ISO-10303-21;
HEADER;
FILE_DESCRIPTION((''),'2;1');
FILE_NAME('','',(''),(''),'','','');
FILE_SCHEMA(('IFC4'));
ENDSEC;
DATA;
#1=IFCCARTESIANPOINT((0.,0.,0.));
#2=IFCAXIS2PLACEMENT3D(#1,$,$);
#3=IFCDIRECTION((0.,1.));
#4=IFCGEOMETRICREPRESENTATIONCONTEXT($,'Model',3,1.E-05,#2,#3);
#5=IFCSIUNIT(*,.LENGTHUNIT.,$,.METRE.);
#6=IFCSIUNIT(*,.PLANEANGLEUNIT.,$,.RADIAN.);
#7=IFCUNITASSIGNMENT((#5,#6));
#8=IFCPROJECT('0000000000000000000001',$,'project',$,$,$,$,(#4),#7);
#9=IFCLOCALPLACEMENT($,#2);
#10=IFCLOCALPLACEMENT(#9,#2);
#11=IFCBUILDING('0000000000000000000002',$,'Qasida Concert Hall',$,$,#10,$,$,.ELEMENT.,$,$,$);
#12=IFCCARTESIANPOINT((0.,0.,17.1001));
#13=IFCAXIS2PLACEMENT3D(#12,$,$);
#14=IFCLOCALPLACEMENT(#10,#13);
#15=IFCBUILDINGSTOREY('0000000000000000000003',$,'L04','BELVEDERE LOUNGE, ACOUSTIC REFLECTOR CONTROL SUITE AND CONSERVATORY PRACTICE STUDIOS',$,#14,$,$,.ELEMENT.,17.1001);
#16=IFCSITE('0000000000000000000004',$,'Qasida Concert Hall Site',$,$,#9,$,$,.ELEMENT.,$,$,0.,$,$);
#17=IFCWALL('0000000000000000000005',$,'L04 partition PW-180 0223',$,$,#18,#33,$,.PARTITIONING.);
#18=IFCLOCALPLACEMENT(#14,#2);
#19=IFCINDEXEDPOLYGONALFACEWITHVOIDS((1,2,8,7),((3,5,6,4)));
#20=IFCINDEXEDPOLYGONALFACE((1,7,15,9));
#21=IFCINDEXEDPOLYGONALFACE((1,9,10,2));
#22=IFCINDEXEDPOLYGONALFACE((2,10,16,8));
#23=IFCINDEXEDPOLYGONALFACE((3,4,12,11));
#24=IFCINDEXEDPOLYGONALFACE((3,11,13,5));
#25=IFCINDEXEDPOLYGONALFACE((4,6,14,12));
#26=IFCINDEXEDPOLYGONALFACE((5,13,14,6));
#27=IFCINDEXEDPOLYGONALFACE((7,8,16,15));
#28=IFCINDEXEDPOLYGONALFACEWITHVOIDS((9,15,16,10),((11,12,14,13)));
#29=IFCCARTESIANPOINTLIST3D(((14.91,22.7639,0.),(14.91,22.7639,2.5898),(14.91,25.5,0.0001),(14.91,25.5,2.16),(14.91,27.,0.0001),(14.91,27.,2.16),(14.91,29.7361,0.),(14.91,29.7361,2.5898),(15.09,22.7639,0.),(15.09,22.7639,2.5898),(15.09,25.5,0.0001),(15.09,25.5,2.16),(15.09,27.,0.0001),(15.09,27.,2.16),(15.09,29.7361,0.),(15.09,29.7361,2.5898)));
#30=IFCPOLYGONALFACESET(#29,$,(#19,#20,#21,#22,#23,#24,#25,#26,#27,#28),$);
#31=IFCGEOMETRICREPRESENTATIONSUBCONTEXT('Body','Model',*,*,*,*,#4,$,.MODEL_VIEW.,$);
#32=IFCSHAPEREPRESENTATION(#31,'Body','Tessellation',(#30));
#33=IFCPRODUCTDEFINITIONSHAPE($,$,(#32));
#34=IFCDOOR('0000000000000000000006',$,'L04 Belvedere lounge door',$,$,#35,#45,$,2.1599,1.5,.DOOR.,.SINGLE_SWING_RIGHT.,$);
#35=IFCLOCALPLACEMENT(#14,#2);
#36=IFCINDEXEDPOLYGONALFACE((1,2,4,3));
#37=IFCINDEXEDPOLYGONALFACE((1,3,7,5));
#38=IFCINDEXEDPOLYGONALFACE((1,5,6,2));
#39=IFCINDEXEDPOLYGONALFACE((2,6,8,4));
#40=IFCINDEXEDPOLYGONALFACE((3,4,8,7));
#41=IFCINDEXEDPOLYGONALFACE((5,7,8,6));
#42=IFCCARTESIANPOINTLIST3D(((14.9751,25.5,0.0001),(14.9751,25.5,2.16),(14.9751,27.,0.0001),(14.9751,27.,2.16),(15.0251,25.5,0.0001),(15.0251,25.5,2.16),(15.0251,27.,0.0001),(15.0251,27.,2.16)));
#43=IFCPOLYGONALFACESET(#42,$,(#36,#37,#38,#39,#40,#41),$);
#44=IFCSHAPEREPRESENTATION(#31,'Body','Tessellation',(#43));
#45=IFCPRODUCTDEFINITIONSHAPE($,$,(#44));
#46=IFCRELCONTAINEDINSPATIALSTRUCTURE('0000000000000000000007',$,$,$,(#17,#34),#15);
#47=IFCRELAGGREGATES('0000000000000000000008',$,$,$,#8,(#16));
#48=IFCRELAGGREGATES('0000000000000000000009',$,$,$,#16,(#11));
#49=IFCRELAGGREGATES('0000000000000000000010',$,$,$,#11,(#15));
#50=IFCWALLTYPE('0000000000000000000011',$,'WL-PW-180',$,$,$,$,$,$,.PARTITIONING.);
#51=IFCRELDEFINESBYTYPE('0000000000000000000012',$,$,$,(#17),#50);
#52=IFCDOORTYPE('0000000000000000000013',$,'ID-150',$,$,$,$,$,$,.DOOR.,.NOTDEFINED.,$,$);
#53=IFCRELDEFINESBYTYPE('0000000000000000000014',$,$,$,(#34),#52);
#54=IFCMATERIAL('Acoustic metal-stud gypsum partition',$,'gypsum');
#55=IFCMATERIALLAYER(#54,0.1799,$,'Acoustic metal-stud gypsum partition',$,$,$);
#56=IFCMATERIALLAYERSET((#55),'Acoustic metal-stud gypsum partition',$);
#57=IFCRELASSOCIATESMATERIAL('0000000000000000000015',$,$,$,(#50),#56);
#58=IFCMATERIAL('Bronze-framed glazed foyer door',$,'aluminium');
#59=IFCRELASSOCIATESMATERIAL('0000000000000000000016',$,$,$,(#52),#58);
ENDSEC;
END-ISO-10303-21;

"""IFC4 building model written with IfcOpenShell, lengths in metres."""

from ifc_helpers import new_model, si_unit, direction, frame, frame_2d, origin, place, context, subcontext, project, spatial, rectangle, extrude, material, layer, layer_set, type_object, element, fill, save


model = new_model("IFC4")

# Units and contexts
model_context = context("Model", 3, precision=1e-05, world=origin(), true_north=direction((0.0, 1.0)))
body_context = subcontext(model_context, "Body", "Model", "MODEL_VIEW")
ifc_project = project(units=[si_unit("LENGTHUNIT", "METRE"), si_unit("PLANEANGLEUNIT", "RADIAN")], contexts=[model_context])

# Site, building, storey
site_placement = place(None, origin())
site = spatial("IfcSite", under=ifc_project, at=site_placement, Name="Qasida Concert Hall Site", CompositionType="ELEMENT", RefElevation=0.0)
building_placement = place(site_placement, origin())
building = spatial("IfcBuilding", under=site, at=building_placement, Name="Qasida Concert Hall", CompositionType="ELEMENT")
storey_placement = place(building_placement, frame((0.0, 0.0, 17.1001)))
storey = spatial("IfcBuildingStorey", under=building, at=storey_placement, Name="L04", Description="BELVEDERE LOUNGE, ACOUSTIC REFLECTOR CONTROL SUITE AND CONSERVATORY PRACTICE STUDIOS", CompositionType="ELEMENT", Elevation=17.1001)

# Wall, opening, door
ifc_material_1 = material(Name="Acoustic metal-stud gypsum partition", Category="gypsum")
ifc_layer_1 = layer(ifc_material_1, 0.1799, Name="Acoustic metal-stud gypsum partition")
ifc_layer_set_1 = layer_set([ifc_layer_1], Name="Acoustic metal-stud gypsum partition")
wall_type_1 = type_object("IfcWallType", Name="WL-PW-180", PredefinedType="PARTITIONING", material=ifc_layer_set_1)
wall_1_placement = place(storey_placement, frame((15.0, 22.7639, 0.0), z_axis=(0.0, 0.0, 1.0), x_axis=(0.0, 1.0, 0.0)))
wall_1 = element("IfcWall", 1, at=wall_1_placement, inside=storey, type_object=wall_type_1, Name="L04 partition PW-180 0223", PredefinedType="PARTITIONING", context=body_context, shape_type="SweptSolid", body=[
    extrude(rectangle(XDim=6.9722, YDim=0.1799, at=frame_2d((3.4861, 0.0))), origin(), (0.0, 0.0, 1.0), 2.5898),
])
opening_1_placement = place(wall_1_placement, frame((2.7361, 0.0, 0.0)))
opening_1 = element("IfcOpeningElement", 2, at=opening_1_placement, cuts=wall_1, PredefinedType="OPENING", context=body_context, shape_type="SweptSolid", body=[
    extrude(rectangle(XDim=1.5, YDim=2.1599, at=frame_2d((0.75, 1.0801))), frame((0.0, 0.0999, 0.0), z_axis=(0.0, -1.0, 0.0), x_axis=(1.0, 0.0, 0.0)), (0.0, 0.0, 1.0), 0.2),
])
ifc_material_2 = material(Name="Bronze-framed glazed foyer door", Category="aluminium")
door_type_1 = type_object("IfcDoorType", Name="ID-150", OperationType="NOTDEFINED", PredefinedType="DOOR", material=ifc_material_2)
door_1_placement = place(opening_1_placement, origin())
door_1 = element("IfcDoor", 3, at=door_1_placement, inside=storey, type_object=door_type_1, Name="L04 Belvedere lounge door", OperationType="SINGLE_SWING_RIGHT", OverallHeight=2.1599, OverallWidth=1.5, PredefinedType="DOOR", context=body_context, shape_type="SweptSolid", body=[
    extrude(rectangle(XDim=1.5, YDim=2.1599, at=frame_2d((0.75, 1.0801))), frame((0.0, 0.0249, 0.0), z_axis=(0.0, -1.0, 0.0), x_axis=(1.0, 0.0, 0.0)), (0.0, 0.0, 1.0), 0.05),
])
fill(opening_1, door_1)

save(model, "model.ifc")
